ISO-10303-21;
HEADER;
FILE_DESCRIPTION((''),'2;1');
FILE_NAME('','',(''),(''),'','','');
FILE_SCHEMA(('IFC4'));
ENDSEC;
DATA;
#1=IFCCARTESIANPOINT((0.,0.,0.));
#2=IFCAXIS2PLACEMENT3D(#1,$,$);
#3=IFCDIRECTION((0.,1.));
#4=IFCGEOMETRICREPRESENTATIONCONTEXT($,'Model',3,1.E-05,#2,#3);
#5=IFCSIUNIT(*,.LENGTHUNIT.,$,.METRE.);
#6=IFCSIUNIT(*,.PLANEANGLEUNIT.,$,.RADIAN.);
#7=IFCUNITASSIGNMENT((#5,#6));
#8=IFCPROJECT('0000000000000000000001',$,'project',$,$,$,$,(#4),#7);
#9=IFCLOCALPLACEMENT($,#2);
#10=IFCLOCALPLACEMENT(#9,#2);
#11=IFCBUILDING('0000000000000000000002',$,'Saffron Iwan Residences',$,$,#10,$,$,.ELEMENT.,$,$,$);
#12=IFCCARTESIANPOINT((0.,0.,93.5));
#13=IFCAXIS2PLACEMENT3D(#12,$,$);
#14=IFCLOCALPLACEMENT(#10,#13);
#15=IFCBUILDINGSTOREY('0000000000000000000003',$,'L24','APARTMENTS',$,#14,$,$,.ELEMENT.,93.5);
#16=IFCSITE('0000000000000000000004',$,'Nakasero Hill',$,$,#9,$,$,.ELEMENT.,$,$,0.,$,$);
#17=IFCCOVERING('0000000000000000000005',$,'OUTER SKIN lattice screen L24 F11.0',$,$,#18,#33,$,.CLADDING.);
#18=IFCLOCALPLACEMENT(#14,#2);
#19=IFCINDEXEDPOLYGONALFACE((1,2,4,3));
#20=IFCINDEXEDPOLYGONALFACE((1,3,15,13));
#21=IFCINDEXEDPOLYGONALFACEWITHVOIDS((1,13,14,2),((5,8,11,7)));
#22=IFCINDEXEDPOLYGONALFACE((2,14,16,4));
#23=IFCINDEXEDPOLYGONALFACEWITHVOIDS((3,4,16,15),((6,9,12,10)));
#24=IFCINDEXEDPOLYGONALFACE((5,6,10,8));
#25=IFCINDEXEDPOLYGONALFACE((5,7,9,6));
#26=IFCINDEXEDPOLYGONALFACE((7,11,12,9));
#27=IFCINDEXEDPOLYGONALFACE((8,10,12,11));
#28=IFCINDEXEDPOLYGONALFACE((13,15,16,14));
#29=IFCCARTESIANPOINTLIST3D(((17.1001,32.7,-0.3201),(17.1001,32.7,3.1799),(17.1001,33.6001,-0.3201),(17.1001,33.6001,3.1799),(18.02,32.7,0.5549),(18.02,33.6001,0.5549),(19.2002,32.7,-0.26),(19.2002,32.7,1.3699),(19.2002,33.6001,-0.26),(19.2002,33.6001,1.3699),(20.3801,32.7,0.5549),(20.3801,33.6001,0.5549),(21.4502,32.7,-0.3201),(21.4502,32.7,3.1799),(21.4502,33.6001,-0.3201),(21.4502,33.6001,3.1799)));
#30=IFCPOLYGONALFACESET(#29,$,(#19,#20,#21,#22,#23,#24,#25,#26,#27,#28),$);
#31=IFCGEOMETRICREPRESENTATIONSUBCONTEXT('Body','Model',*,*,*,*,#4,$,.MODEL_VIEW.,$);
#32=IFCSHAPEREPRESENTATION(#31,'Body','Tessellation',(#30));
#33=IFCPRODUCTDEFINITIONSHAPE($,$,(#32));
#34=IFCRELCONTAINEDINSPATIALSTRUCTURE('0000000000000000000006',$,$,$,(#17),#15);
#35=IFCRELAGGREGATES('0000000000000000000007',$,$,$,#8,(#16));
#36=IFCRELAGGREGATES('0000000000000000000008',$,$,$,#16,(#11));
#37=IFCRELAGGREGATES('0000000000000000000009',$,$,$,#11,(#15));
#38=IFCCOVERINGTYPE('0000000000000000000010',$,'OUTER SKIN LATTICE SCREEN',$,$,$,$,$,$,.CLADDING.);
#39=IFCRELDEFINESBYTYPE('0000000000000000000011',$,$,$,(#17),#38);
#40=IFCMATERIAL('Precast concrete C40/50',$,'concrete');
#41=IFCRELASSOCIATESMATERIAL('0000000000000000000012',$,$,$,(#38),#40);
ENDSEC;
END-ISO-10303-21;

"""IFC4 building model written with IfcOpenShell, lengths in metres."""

from ifc_helpers import new_model, si_unit, direction, frame, origin, place, context, subcontext, project, spatial, polyline, outline, extrude, material, type_object, element, save


model = new_model("IFC4")

# Units and contexts
model_context = context("Model", 3, precision=1e-05, world=origin(), true_north=direction((0.0, 1.0)))
body_context = subcontext(model_context, "Body", "Model", "MODEL_VIEW")
ifc_project = project(units=[si_unit("LENGTHUNIT", "METRE"), si_unit("PLANEANGLEUNIT", "RADIAN")], contexts=[model_context])

# Site, building, storey
site_placement = place(None, origin())
site = spatial("IfcSite", under=ifc_project, at=site_placement, Name="Nakasero Hill", CompositionType="ELEMENT", RefElevation=0.0)
building_placement = place(site_placement, origin())
building = spatial("IfcBuilding", under=site, at=building_placement, Name="Saffron Iwan Residences", CompositionType="ELEMENT")
storey_placement = place(building_placement, frame((0.0, 0.0, 93.5)))
storey = spatial("IfcBuildingStorey", under=building, at=storey_placement, Name="L24", Description="APARTMENTS", CompositionType="ELEMENT", Elevation=93.5)

# Covering
ifc_material_1 = material(Name="Precast concrete C40/50", Category="concrete")
covering_type_1 = type_object("IfcCoveringType", Name="OUTER SKIN LATTICE SCREEN", PredefinedType="CLADDING", material=ifc_material_1)
covering_1_placement = place(storey_placement, frame((17.1001, 33.6001, -0.3201), z_axis=(0.0, -1.0, 0.0), x_axis=(1.0, 0.0, 0.0)))
element("IfcCovering", 1, at=covering_1_placement, inside=storey, type_object=covering_type_1, Name="OUTER SKIN lattice screen L24 F11.0", PredefinedType="CLADDING", context=body_context, shape_type="SweptSolid", body=[
    extrude(outline(polyline([(0.0, 0.0), (4.3501, 0.0), (4.3501, 3.5), (0.0, 3.5), (0.0, 0.0)]), holes=[polyline([(0.9199, 0.875), (2.1001, 0.0601), (3.28, 0.875), (2.1001, 1.6899), (0.9199, 0.875)])]), origin(), (0.0, 0.0, 1.0), 0.9001),
])

save(model, "model.ifc")
